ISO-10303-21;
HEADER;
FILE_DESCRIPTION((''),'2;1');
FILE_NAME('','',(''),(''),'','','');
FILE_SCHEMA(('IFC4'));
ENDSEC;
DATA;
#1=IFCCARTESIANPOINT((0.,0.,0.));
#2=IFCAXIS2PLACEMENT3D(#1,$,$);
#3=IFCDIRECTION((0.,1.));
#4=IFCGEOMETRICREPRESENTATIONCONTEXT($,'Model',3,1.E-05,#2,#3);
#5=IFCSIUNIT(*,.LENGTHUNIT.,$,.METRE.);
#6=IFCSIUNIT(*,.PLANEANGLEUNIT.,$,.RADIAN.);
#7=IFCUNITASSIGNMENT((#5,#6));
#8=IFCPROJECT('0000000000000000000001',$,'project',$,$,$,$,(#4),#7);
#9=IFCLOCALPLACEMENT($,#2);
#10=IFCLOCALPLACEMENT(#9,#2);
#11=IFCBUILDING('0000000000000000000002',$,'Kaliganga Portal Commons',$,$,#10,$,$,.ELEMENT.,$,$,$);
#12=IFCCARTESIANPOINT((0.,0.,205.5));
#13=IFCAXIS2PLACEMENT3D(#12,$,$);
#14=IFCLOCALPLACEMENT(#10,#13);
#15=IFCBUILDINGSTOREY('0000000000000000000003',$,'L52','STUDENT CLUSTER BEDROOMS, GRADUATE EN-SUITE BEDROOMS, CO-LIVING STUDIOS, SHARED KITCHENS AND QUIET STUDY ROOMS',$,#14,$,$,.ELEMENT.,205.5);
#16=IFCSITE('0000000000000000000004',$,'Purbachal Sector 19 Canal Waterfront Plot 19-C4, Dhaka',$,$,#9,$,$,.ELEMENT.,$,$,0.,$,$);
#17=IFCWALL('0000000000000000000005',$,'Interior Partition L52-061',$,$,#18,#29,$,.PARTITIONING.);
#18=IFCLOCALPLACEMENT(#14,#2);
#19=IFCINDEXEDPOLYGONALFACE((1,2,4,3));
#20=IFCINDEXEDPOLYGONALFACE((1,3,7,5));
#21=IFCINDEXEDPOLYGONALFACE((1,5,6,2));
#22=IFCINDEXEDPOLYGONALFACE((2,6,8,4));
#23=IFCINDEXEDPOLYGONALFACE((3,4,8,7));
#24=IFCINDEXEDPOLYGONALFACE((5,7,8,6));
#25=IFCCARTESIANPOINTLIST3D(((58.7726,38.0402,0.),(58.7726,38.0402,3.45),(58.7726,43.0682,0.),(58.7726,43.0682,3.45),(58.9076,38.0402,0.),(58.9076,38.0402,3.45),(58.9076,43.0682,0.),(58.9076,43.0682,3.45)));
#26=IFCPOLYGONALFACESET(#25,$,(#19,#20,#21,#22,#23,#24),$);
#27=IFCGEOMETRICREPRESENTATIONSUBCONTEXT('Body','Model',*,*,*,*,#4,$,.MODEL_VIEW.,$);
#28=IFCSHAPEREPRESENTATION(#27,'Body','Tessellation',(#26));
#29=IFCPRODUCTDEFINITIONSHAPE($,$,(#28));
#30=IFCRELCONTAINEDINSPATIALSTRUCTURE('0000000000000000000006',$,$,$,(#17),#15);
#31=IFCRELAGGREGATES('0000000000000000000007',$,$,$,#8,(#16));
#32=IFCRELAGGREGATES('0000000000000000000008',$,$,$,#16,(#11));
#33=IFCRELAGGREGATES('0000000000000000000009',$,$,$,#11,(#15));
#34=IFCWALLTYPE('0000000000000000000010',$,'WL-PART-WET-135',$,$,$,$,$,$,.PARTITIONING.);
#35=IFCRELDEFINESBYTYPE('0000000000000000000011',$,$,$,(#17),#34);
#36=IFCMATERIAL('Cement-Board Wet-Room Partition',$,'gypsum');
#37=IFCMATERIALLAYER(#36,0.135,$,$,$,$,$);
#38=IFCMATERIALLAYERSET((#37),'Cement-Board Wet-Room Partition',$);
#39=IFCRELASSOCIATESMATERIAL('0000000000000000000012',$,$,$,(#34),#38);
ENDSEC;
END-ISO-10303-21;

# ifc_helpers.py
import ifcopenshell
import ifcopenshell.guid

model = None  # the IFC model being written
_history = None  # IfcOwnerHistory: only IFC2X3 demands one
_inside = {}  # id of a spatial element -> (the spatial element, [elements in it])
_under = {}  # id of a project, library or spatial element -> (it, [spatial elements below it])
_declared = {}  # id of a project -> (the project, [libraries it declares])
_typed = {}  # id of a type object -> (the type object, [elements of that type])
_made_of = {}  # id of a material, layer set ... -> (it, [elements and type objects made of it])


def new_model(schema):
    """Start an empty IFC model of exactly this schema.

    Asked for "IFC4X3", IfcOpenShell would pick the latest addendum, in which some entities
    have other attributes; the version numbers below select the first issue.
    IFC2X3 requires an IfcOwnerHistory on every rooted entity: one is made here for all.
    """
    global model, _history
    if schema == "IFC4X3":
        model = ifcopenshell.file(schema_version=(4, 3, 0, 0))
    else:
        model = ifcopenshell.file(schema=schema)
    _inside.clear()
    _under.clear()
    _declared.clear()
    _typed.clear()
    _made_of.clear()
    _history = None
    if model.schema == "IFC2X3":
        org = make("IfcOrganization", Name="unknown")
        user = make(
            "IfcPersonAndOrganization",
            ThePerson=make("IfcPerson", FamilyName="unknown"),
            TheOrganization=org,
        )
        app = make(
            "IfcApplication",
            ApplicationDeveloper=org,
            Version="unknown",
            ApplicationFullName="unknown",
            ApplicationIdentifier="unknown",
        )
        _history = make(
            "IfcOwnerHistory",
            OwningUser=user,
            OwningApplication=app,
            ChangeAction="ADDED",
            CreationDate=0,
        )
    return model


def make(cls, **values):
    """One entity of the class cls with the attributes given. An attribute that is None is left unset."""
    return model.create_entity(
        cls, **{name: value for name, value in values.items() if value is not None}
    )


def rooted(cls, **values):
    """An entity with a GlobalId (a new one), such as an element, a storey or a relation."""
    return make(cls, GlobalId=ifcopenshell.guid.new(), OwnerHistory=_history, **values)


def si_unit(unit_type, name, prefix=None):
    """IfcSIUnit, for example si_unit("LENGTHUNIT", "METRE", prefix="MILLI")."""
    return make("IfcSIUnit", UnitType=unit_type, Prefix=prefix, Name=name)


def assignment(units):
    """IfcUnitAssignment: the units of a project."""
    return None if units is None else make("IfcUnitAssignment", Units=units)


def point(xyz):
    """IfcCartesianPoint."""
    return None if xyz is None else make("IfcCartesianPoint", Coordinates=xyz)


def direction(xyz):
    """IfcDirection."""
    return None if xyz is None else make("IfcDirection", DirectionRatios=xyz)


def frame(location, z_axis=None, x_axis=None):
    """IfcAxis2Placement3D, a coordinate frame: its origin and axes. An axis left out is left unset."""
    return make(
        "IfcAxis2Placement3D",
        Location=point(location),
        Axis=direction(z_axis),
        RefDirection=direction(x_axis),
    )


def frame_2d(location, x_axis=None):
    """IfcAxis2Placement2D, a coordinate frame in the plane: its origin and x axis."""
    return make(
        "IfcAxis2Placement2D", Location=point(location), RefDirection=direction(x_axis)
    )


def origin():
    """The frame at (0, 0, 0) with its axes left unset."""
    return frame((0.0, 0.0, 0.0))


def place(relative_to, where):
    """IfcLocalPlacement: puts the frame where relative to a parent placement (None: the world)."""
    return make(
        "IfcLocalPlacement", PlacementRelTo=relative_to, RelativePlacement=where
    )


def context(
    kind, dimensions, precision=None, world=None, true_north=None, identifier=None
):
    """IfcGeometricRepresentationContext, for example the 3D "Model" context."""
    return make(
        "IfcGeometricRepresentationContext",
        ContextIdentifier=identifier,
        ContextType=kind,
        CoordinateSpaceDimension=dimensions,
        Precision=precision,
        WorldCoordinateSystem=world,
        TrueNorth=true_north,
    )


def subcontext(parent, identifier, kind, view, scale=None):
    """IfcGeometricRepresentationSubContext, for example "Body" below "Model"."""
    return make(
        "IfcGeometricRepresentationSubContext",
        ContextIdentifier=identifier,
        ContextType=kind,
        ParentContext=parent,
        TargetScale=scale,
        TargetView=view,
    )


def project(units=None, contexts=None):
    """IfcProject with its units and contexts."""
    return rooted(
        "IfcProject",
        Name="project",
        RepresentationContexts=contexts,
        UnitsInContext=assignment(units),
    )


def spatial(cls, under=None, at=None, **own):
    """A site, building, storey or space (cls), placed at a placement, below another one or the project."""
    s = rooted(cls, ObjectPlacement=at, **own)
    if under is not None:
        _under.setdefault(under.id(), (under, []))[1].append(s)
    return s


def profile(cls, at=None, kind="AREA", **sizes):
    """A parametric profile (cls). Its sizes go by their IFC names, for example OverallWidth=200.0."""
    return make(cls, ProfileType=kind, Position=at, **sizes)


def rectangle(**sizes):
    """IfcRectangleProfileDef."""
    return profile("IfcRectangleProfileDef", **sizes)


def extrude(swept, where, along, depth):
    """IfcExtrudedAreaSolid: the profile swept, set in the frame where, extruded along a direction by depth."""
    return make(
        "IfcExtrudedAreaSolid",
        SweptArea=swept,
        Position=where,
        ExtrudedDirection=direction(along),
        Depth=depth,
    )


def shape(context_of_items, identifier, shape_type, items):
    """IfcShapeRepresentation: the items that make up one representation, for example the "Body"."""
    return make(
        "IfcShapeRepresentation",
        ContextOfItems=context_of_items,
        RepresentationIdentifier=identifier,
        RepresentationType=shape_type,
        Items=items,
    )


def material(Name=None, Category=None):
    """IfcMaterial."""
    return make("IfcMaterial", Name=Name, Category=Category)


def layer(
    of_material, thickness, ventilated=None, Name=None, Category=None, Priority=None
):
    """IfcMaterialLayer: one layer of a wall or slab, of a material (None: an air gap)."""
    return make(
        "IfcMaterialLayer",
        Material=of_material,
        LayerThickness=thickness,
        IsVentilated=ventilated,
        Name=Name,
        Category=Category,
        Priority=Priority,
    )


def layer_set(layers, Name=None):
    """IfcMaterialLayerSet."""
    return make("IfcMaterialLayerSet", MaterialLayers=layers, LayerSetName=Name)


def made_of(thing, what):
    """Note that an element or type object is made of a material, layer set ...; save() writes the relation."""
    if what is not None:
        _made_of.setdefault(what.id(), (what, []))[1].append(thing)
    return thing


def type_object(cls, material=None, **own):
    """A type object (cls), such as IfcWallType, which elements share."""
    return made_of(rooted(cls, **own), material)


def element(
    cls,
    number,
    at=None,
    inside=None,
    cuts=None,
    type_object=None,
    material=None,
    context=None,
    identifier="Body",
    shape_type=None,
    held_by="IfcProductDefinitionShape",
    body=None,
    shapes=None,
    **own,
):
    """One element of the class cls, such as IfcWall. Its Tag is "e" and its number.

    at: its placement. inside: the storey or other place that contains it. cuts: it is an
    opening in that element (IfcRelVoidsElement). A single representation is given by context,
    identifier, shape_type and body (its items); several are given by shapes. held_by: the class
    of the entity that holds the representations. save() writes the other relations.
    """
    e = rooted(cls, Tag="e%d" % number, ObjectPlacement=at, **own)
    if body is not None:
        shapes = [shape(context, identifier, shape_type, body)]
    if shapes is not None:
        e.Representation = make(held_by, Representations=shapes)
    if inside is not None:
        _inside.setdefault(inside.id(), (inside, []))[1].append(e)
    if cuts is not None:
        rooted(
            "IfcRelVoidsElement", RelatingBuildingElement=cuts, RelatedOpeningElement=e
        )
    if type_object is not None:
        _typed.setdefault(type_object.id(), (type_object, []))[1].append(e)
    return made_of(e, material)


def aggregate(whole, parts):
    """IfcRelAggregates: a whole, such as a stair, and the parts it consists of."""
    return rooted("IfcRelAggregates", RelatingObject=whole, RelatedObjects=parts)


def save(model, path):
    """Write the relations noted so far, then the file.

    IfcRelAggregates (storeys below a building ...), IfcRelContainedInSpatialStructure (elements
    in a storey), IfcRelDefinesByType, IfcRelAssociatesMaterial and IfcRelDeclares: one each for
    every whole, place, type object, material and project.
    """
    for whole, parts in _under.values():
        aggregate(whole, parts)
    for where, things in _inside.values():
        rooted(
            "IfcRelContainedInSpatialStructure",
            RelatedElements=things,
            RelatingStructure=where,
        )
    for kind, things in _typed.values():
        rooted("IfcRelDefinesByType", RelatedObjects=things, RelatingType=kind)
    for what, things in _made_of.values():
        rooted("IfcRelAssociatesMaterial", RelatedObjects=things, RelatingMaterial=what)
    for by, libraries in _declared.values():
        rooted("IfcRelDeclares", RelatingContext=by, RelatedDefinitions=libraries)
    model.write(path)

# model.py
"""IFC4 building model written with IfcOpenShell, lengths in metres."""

from ifc_helpers import new_model, si_unit, direction, frame, frame_2d, origin, place, context, subcontext, project, spatial, rectangle, extrude, material, layer, layer_set, type_object, element, save


model = new_model("IFC4")

# Units and contexts
model_context = context("Model", 3, precision=1e-05, world=origin(), true_north=direction((0.0, 1.0)))
body_context = subcontext(model_context, "Body", "Model", "MODEL_VIEW")
ifc_project = project(units=[si_unit("LENGTHUNIT", "METRE"), si_unit("PLANEANGLEUNIT", "RADIAN")], contexts=[model_context])

# Site, building, storey
site_placement = place(None, origin())
site = spatial("IfcSite", under=ifc_project, at=site_placement, Name="Purbachal Sector 19 Canal Waterfront Plot 19-C4, Dhaka", CompositionType="ELEMENT", RefElevation=0.0)
building_placement = place(site_placement, origin())
building = spatial("IfcBuilding", under=site, at=building_placement, Name="Kaliganga Portal Commons", CompositionType="ELEMENT")
storey_placement = place(building_placement, frame((0.0, 0.0, 205.5)))
storey = spatial("IfcBuildingStorey", under=building, at=storey_placement, Name="L52", Description="STUDENT CLUSTER BEDROOMS, GRADUATE EN-SUITE BEDROOMS, CO-LIVING STUDIOS, SHARED KITCHENS AND QUIET STUDY ROOMS", CompositionType="ELEMENT", Elevation=205.5)

# Wall
ifc_material_1 = material(Name="Cement-Board Wet-Room Partition", Category="gypsum")
ifc_layer_1 = layer(ifc_material_1, 0.135)
ifc_layer_set_1 = layer_set([ifc_layer_1], Name="Cement-Board Wet-Room Partition")
wall_type_1 = type_object("IfcWallType", Name="WL-PART-WET-135", PredefinedType="PARTITIONING", material=ifc_layer_set_1)
wall_1_placement = place(storey_placement, frame((58.8401, 38.04, 0.0), z_axis=(0.0, 0.0, 1.0), x_axis=(0.0, 1.0, 0.0)))
element("IfcWall", 1, at=wall_1_placement, inside=storey, type_object=wall_type_1, Name="Interior Partition L52-061", PredefinedType="PARTITIONING", context=body_context, shape_type="SweptSolid", body=[
    extrude(rectangle(XDim=5.0281, YDim=0.135, at=frame_2d((2.5142, 0.0))), origin(), (0.0, 0.0, 1.0), 3.45),
])

save(model, "model.ifc")
